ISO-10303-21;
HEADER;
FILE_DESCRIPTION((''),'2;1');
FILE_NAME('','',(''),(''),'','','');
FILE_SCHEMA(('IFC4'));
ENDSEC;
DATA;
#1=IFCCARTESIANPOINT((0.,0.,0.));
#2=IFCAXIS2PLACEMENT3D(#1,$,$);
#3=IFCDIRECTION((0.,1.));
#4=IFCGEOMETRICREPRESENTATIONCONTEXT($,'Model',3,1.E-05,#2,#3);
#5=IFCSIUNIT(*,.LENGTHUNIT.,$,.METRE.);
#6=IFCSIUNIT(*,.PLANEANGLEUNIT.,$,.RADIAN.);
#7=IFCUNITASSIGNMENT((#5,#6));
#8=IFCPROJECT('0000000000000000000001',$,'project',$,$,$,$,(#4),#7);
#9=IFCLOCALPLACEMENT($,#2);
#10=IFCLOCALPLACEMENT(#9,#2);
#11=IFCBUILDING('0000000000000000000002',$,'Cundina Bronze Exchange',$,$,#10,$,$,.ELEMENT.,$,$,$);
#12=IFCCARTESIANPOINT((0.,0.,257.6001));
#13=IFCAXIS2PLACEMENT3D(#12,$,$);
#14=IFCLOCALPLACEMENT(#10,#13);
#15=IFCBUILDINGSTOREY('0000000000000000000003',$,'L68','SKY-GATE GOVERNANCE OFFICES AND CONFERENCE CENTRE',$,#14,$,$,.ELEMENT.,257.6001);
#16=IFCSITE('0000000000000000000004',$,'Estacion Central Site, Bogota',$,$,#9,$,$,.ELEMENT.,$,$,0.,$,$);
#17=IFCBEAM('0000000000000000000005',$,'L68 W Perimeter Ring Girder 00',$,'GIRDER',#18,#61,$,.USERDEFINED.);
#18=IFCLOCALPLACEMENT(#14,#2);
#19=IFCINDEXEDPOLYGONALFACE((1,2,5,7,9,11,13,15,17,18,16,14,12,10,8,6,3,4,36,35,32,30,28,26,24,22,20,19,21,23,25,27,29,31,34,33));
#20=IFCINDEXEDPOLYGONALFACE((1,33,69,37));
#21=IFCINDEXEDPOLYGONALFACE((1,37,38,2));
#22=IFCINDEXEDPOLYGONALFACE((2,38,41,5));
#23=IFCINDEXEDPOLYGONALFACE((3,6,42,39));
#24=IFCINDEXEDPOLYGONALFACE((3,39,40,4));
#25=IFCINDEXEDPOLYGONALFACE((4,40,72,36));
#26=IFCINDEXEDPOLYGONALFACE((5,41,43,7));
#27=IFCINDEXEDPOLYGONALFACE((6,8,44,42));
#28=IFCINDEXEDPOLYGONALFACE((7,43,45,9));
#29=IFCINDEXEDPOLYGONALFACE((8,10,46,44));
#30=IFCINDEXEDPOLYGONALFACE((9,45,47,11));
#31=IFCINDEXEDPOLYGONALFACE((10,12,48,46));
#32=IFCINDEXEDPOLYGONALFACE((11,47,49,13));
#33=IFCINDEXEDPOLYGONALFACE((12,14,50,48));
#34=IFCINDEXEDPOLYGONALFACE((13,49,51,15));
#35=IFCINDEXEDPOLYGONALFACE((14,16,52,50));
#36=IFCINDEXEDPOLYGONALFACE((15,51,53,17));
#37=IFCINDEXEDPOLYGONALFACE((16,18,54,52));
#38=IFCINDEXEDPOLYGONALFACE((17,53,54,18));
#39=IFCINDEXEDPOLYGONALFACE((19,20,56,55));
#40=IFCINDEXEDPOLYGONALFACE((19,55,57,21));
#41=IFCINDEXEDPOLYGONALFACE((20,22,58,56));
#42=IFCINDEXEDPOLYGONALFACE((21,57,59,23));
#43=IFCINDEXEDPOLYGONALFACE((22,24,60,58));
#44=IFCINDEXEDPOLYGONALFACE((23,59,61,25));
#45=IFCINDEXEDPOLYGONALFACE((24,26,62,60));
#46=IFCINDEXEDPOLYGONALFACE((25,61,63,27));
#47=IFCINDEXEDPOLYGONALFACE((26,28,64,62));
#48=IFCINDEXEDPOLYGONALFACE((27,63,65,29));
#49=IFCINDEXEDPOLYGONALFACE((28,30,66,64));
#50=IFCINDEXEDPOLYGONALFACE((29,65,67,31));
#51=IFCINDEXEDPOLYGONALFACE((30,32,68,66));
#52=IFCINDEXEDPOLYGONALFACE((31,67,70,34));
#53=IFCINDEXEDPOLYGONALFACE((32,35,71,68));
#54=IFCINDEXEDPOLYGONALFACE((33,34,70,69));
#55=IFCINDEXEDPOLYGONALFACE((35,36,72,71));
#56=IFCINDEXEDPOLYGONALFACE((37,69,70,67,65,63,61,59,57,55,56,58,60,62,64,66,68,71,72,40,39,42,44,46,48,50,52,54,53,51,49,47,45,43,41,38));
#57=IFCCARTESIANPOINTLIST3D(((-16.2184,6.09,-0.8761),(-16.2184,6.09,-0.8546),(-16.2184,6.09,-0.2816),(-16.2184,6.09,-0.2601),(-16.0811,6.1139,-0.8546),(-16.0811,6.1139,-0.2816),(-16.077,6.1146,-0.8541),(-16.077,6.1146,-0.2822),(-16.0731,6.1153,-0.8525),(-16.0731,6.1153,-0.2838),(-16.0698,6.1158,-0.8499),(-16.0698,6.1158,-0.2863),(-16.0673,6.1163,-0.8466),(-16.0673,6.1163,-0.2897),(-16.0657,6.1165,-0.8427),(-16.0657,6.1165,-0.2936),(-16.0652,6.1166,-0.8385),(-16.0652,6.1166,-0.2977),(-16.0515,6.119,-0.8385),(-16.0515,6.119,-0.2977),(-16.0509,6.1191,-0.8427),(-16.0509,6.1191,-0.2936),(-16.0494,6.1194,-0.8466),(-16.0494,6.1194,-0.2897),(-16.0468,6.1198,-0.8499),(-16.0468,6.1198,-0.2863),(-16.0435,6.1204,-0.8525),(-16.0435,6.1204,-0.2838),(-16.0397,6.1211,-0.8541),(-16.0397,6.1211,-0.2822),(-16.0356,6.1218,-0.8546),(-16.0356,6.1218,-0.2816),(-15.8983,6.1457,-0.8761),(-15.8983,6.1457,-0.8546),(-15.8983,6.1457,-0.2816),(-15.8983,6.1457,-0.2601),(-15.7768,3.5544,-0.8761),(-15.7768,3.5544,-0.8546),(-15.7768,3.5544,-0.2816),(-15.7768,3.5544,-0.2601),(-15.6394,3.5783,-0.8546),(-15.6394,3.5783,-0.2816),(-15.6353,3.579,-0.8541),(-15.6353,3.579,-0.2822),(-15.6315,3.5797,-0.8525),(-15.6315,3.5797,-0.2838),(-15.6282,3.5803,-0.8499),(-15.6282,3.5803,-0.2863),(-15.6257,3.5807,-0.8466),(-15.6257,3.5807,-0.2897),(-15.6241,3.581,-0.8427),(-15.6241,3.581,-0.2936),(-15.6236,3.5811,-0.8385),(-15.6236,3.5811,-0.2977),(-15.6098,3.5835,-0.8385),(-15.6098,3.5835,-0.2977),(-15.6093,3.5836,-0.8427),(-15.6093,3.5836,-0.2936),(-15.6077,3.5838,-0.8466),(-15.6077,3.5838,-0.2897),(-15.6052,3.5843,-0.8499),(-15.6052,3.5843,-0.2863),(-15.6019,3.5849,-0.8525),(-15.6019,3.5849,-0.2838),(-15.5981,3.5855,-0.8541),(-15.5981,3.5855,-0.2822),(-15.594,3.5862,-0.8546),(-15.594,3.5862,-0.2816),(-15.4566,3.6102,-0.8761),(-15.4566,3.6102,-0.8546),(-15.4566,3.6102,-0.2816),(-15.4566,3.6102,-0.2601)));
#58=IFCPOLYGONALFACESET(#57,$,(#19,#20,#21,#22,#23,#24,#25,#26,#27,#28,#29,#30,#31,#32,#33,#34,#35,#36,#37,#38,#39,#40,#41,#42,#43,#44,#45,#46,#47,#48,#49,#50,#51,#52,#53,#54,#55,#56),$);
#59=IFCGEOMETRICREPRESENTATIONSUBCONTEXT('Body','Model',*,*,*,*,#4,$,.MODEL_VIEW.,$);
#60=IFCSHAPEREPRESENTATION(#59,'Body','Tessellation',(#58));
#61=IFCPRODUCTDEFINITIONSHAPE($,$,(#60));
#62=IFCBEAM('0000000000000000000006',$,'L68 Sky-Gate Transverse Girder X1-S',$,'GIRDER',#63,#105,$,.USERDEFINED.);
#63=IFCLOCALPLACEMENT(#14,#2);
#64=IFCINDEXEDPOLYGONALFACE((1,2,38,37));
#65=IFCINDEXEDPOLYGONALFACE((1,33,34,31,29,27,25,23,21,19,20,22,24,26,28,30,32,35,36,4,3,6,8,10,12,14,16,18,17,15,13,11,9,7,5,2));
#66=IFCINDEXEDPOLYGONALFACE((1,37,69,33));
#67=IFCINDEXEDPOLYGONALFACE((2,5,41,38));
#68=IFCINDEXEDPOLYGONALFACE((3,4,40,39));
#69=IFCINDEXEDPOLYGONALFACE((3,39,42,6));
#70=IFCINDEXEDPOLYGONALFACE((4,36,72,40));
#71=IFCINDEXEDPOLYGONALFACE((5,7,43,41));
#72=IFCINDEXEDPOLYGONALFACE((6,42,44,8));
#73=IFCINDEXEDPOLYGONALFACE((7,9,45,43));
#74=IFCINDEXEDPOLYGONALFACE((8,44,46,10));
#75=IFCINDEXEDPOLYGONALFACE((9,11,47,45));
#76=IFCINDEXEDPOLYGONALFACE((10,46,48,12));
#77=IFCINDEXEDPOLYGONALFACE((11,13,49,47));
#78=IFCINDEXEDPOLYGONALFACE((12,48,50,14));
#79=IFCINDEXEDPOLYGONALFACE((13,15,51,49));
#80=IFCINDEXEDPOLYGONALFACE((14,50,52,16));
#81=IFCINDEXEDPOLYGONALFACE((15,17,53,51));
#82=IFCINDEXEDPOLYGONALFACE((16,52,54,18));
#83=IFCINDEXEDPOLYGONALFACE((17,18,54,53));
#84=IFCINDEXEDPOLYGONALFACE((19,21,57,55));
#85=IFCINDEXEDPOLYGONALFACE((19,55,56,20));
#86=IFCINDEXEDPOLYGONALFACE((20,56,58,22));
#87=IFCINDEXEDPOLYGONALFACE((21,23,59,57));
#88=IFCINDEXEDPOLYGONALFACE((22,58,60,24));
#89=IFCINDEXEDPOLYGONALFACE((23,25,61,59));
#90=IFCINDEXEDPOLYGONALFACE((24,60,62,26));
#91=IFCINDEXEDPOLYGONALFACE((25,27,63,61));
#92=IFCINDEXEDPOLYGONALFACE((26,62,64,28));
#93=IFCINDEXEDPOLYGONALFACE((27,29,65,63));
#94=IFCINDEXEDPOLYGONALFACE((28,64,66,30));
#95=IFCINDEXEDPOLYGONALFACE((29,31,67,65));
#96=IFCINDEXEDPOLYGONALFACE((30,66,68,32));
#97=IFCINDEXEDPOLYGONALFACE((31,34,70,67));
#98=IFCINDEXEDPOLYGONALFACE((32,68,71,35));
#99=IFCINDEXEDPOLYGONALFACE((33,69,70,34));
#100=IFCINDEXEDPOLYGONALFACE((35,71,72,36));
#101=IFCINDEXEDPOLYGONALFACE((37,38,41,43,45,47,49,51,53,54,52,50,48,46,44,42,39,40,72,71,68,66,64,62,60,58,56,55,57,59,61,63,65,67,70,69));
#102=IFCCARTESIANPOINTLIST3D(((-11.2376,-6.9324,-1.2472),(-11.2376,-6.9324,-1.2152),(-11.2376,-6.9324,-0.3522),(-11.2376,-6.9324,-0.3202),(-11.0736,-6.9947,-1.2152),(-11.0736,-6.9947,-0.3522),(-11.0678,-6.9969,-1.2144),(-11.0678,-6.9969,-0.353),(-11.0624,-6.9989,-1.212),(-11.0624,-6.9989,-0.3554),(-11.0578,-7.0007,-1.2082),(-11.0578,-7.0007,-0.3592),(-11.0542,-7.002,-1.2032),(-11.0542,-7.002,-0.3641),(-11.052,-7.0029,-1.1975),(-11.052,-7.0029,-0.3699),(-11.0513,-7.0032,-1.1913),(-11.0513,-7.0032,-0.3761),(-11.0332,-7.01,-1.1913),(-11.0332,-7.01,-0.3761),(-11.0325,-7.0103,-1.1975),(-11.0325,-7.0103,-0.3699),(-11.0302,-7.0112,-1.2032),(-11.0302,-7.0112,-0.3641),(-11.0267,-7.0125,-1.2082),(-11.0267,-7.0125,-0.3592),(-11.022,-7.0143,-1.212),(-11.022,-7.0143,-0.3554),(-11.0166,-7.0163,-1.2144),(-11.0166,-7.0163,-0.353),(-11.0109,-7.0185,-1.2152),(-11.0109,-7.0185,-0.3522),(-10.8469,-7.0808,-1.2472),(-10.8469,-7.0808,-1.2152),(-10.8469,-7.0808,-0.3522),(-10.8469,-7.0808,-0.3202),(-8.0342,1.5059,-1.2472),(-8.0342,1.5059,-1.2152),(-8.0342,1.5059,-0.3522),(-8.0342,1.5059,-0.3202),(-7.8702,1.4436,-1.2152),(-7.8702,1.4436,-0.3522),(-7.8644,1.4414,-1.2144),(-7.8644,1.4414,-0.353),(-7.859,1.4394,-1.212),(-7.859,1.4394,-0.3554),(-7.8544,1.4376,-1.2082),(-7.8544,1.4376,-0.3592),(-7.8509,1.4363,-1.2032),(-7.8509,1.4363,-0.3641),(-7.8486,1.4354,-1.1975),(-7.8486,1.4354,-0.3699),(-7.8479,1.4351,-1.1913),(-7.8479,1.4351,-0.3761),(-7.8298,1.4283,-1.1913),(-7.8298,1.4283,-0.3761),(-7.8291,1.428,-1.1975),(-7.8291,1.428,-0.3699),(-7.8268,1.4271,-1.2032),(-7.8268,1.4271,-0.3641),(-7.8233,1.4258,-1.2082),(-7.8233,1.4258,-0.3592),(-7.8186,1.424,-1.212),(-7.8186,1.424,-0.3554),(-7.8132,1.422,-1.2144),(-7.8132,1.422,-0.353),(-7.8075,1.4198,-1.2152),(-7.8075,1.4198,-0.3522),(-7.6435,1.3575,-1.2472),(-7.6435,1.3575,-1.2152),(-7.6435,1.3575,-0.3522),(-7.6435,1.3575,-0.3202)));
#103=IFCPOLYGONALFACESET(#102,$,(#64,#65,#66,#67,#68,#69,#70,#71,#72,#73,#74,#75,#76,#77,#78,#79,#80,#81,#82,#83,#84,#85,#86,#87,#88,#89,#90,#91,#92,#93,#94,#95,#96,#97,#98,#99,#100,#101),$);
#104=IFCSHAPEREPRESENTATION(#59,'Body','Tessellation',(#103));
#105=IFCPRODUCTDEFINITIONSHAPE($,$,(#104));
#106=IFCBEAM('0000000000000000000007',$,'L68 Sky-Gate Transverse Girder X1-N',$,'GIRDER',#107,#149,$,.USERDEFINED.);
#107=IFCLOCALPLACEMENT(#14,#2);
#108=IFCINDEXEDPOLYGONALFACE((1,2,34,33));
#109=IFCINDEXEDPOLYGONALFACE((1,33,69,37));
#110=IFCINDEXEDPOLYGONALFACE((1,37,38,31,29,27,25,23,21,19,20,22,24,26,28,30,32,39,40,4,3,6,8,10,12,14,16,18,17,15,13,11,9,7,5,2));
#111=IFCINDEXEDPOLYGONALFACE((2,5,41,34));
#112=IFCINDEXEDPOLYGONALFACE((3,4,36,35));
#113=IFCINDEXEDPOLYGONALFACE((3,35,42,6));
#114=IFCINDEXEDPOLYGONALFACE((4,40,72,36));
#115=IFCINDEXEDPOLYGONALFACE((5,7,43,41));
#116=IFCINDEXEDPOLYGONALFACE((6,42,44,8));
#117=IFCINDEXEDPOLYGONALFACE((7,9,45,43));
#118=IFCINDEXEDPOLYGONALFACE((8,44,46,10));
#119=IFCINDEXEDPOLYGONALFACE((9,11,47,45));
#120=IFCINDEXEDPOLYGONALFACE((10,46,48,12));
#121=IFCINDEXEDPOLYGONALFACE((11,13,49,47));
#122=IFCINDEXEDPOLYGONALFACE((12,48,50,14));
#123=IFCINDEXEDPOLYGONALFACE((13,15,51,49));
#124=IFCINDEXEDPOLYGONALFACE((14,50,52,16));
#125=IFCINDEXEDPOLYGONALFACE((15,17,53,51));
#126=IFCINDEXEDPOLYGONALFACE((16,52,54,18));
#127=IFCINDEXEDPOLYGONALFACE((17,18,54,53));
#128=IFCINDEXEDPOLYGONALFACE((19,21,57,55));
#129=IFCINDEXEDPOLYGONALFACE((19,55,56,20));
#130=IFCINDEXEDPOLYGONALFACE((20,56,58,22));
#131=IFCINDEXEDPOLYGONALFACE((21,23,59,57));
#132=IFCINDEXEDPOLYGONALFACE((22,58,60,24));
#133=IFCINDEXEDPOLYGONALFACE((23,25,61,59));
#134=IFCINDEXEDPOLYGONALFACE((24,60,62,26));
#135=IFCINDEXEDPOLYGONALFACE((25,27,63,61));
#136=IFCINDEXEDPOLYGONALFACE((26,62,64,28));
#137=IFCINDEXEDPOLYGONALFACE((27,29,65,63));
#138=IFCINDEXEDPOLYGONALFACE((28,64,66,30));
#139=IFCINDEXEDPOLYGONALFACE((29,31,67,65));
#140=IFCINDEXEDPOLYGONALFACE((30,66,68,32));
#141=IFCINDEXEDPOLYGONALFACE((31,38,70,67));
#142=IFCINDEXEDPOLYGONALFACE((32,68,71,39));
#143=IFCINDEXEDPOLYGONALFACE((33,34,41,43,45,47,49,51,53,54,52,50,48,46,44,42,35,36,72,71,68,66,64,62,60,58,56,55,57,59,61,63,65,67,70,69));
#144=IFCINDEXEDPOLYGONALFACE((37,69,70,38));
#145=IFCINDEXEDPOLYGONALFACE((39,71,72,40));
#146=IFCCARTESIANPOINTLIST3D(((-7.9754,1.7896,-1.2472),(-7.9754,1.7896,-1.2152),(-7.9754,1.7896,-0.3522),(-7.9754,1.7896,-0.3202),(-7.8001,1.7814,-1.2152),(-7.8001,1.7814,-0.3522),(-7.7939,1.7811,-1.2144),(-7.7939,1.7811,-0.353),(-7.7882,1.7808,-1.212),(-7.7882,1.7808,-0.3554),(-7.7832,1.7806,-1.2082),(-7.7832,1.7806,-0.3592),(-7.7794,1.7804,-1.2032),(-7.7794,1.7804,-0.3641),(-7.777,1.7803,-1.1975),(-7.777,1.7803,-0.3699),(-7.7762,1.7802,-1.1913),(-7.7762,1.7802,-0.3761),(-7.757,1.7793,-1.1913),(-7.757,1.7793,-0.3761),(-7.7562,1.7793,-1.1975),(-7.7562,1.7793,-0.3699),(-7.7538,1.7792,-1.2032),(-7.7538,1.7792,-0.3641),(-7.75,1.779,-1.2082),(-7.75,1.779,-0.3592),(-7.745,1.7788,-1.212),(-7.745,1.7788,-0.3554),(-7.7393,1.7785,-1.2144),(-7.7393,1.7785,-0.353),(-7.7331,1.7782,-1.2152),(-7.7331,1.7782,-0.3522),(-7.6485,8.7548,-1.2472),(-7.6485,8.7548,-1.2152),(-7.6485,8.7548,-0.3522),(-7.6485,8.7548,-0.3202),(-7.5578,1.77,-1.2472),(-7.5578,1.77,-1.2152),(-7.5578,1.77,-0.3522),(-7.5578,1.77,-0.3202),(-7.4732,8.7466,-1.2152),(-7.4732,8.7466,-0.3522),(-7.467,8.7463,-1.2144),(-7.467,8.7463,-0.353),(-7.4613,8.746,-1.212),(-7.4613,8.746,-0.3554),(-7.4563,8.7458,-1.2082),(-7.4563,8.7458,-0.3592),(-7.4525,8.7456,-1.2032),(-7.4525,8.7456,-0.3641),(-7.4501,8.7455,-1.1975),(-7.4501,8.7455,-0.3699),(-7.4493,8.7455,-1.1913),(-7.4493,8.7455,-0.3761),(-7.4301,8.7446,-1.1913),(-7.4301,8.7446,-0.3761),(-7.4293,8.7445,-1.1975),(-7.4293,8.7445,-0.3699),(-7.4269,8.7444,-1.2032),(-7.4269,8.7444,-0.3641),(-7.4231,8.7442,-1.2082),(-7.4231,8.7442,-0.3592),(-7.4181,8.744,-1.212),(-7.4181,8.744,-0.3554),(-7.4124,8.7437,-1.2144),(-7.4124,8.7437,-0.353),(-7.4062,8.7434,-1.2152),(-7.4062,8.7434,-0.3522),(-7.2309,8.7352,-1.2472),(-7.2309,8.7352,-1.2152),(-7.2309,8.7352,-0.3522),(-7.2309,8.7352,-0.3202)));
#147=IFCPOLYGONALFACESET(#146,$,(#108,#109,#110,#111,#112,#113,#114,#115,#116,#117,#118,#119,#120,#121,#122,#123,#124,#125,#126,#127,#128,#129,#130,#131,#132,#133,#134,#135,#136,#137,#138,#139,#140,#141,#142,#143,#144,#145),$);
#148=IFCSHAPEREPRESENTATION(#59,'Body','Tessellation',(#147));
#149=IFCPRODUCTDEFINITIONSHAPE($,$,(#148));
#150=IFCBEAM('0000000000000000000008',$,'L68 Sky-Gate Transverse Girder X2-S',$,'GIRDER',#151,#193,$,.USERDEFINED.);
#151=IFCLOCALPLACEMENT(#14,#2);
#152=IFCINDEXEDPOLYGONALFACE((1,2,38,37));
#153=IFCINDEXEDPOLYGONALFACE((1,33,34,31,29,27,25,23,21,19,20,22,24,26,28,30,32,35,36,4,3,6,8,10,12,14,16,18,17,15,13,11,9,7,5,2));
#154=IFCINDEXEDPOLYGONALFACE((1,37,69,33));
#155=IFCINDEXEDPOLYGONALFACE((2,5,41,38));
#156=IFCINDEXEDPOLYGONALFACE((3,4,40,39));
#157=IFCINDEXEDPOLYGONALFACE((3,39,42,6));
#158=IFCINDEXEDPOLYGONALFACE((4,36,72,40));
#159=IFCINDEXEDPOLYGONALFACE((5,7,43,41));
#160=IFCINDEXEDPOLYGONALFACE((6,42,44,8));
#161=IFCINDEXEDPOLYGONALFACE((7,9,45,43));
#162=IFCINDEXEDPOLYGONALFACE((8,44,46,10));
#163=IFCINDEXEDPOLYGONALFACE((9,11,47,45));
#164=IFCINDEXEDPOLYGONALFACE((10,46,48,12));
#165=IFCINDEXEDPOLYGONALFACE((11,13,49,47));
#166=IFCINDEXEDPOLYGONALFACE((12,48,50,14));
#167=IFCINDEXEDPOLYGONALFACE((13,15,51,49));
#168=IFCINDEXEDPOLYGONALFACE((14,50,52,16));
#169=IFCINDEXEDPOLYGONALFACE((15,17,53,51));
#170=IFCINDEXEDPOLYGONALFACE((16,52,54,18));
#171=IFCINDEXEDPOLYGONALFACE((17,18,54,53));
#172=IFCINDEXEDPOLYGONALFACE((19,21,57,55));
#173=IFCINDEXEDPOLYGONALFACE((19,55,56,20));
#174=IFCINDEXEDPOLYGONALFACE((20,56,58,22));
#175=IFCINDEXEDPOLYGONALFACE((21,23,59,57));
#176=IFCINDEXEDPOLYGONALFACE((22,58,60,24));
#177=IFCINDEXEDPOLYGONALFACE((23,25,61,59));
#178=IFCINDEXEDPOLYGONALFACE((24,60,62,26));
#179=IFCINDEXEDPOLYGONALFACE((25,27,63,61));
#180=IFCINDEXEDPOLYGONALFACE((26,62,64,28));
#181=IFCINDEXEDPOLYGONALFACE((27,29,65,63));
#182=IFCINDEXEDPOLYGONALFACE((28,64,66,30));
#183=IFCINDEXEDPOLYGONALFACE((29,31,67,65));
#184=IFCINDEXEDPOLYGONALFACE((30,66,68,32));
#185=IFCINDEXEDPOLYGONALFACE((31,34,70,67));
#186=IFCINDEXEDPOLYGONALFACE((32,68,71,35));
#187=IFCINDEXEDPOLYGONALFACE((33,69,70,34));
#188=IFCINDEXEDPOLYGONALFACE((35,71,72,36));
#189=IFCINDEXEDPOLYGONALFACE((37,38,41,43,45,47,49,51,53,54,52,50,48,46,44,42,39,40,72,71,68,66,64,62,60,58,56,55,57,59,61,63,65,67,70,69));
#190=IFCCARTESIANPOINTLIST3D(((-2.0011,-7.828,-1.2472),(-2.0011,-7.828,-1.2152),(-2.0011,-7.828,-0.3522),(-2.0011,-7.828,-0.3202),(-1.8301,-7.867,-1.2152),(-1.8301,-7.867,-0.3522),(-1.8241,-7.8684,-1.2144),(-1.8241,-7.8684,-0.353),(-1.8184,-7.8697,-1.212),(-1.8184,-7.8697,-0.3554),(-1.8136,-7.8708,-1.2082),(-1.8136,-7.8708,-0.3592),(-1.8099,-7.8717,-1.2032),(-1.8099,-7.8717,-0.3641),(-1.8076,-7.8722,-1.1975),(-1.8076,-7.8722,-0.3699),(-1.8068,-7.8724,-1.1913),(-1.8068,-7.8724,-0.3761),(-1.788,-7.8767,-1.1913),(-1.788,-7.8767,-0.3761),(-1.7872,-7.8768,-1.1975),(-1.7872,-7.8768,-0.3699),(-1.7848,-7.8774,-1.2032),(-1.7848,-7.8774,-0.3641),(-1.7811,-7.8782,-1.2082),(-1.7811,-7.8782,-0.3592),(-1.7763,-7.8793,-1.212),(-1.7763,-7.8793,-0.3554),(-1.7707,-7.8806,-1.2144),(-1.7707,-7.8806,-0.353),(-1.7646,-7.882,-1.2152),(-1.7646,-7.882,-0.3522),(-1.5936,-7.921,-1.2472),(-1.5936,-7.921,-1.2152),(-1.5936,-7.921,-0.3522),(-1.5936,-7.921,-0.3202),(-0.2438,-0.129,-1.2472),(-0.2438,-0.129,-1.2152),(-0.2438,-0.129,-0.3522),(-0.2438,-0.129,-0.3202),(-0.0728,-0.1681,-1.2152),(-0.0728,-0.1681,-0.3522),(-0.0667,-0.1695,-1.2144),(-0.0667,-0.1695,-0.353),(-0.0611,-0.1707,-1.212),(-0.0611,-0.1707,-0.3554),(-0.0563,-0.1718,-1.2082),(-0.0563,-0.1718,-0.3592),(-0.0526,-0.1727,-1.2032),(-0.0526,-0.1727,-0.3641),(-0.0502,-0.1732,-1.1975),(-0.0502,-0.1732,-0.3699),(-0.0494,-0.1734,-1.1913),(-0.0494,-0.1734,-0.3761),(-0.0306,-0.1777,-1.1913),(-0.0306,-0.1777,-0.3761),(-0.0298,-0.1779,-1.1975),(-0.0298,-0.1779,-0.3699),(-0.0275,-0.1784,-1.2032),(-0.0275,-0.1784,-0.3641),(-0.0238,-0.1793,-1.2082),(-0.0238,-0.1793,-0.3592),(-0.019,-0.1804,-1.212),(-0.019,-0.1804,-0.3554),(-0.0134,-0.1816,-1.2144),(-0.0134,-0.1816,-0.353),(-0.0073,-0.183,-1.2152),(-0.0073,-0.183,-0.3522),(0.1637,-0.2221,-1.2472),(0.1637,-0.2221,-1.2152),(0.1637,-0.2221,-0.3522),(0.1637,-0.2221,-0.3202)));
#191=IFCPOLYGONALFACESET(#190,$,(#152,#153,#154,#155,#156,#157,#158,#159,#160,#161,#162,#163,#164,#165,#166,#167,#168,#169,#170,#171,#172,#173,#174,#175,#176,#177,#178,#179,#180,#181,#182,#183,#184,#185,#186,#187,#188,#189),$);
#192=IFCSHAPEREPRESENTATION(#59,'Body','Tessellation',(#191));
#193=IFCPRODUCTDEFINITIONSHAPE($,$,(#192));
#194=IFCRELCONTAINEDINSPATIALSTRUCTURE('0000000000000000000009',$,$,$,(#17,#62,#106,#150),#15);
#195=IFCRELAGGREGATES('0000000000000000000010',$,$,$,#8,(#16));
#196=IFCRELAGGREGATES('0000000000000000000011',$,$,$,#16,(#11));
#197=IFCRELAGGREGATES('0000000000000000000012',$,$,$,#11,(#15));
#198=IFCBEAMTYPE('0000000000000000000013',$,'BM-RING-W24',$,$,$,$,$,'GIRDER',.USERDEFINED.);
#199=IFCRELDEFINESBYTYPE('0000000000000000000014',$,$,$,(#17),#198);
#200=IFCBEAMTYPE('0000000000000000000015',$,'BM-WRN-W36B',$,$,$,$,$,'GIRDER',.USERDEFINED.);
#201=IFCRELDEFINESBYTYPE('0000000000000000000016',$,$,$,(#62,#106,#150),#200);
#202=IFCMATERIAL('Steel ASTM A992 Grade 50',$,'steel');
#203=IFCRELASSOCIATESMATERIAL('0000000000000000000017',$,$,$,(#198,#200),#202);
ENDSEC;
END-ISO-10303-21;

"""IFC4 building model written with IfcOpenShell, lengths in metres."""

from ifc_helpers import new_model, si_unit, direction, frame, origin, origin_2d, place, context, subcontext, project, spatial, i_section, extrude, material, material_profile, profile_set, type_object, element, save


model = new_model("IFC4")

# Units and contexts
model_context = context("Model", 3, precision=1e-05, world=origin(), true_north=direction((0.0, 1.0)))
body_context = subcontext(model_context, "Body", "Model", "MODEL_VIEW")
ifc_project = project(units=[si_unit("LENGTHUNIT", "METRE"), si_unit("PLANEANGLEUNIT", "RADIAN")], contexts=[model_context])

# Site, building, storey
site_placement = place(None, origin())
site = spatial("IfcSite", under=ifc_project, at=site_placement, Name="Estacion Central Site, Bogota", CompositionType="ELEMENT", RefElevation=0.0)
building_placement = place(site_placement, origin())
building = spatial("IfcBuilding", under=site, at=building_placement, Name="Cundina Bronze Exchange", CompositionType="ELEMENT")
storey_placement = place(building_placement, frame((0.0, 0.0, 257.6001)))
storey = spatial("IfcBuildingStorey", under=building, at=storey_placement, Name="L68", Description="SKY-GATE GOVERNANCE OFFICES AND CONFERENCE CENTRE", CompositionType="ELEMENT", Elevation=257.6001)

# Beams
ifc_material_1 = material(Name="Steel ASTM A992 Grade 50", Category="steel")
ifc_material_profile_1 = material_profile(ifc_material_1, i_section(OverallWidth=0.325, OverallDepth=0.616, WebThickness=0.0139, FlangeThickness=0.0215, FilletRadius=0.0161, at=origin_2d()), Name="W24X117", Category="steel")
ifc_profile_set_1 = profile_set([ifc_material_profile_1], Name="Steel ASTM A992 Grade 50")
beam_type_1 = type_object("IfcBeamType", Name="BM-RING-W24", ElementType="GIRDER", PredefinedType="USERDEFINED", material=ifc_profile_set_1)
beam_1_placement = place(storey_placement, frame((-15.6167, 3.5823, -0.5681), z_axis=(-0.171593, 0.985168, 0.0), x_axis=(-0.985168, -0.171593, 0.0)))
element("IfcBeam", 1, at=beam_1_placement, inside=storey, type_object=beam_type_1, Name="L68 W Perimeter Ring Girder 00", ObjectType="GIRDER", PredefinedType="USERDEFINED", context=body_context, shape_type="SweptSolid", body=[
    extrude(i_section(OverallWidth=0.325, OverallDepth=0.616, WebThickness=0.0139, FlangeThickness=0.0215, FilletRadius=0.0161, at=origin_2d()), origin(), (0.0, 0.0, 1.0), 2.5737),
])
ifc_material_profile_2 = material_profile(ifc_material_1, i_section(OverallWidth=0.418, OverallDepth=0.927, WebThickness=0.0193, FlangeThickness=0.032, FilletRadius=0.0239, at=origin_2d()), Name="W36X231", Category="steel")
ifc_profile_set_2 = profile_set([ifc_material_profile_2], Name="Steel ASTM A992 Grade 50")
beam_type_2 = type_object("IfcBeamType", Name="BM-WRN-W36B", ElementType="GIRDER", PredefinedType="USERDEFINED", material=ifc_profile_set_2)
beam_2_placement = place(storey_placement, frame((-11.0422, -7.0066, -0.7837), z_axis=(0.354912, 0.9349, 0.0), x_axis=(-0.9349, 0.354912, 0.0)))
element("IfcBeam", 2, at=beam_2_placement, inside=storey, type_object=beam_type_2, Name="L68 Sky-Gate Transverse Girder X1-S", ObjectType="GIRDER", PredefinedType="USERDEFINED", context=body_context, shape_type="SweptSolid", body=[
    extrude(i_section(OverallWidth=0.418, OverallDepth=0.927, WebThickness=0.0193, FlangeThickness=0.032, FilletRadius=0.0239, at=origin_2d()), origin(), (0.0, 0.0, 1.0), 9.0259),
])
beam_3_placement = place(storey_placement, frame((-7.7666, 1.7798, -0.7837), z_axis=(0.046881, 0.9989, 0.0), x_axis=(-0.9989, 0.046881, 0.0)))
element("IfcBeam", 3, at=beam_3_placement, inside=storey, type_object=beam_type_2, Name="L68 Sky-Gate Transverse Girder X1-N", ObjectType="GIRDER", PredefinedType="USERDEFINED", context=body_context, shape_type="SweptSolid", body=[
    extrude(i_section(OverallWidth=0.418, OverallDepth=0.927, WebThickness=0.0193, FlangeThickness=0.032, FilletRadius=0.0239, at=origin_2d()), origin(), (0.0, 0.0, 1.0), 6.9729),
])
beam_4_placement = place(storey_placement, frame((-1.7974, -7.8745, -0.7837), z_axis=(0.222531, 0.974926, 0.0), x_axis=(-0.974926, 0.222531, 0.0)))
element("IfcBeam", 4, at=beam_4_placement, inside=storey, type_object=beam_type_2, Name="L68 Sky-Gate Transverse Girder X2-S", ObjectType="GIRDER", PredefinedType="USERDEFINED", context=body_context, shape_type="SweptSolid", body=[
    extrude(i_section(OverallWidth=0.418, OverallDepth=0.927, WebThickness=0.0193, FlangeThickness=0.032, FilletRadius=0.0239, at=origin_2d()), origin(), (0.0, 0.0, 1.0), 7.897),
])

save(model, "model.ifc")
